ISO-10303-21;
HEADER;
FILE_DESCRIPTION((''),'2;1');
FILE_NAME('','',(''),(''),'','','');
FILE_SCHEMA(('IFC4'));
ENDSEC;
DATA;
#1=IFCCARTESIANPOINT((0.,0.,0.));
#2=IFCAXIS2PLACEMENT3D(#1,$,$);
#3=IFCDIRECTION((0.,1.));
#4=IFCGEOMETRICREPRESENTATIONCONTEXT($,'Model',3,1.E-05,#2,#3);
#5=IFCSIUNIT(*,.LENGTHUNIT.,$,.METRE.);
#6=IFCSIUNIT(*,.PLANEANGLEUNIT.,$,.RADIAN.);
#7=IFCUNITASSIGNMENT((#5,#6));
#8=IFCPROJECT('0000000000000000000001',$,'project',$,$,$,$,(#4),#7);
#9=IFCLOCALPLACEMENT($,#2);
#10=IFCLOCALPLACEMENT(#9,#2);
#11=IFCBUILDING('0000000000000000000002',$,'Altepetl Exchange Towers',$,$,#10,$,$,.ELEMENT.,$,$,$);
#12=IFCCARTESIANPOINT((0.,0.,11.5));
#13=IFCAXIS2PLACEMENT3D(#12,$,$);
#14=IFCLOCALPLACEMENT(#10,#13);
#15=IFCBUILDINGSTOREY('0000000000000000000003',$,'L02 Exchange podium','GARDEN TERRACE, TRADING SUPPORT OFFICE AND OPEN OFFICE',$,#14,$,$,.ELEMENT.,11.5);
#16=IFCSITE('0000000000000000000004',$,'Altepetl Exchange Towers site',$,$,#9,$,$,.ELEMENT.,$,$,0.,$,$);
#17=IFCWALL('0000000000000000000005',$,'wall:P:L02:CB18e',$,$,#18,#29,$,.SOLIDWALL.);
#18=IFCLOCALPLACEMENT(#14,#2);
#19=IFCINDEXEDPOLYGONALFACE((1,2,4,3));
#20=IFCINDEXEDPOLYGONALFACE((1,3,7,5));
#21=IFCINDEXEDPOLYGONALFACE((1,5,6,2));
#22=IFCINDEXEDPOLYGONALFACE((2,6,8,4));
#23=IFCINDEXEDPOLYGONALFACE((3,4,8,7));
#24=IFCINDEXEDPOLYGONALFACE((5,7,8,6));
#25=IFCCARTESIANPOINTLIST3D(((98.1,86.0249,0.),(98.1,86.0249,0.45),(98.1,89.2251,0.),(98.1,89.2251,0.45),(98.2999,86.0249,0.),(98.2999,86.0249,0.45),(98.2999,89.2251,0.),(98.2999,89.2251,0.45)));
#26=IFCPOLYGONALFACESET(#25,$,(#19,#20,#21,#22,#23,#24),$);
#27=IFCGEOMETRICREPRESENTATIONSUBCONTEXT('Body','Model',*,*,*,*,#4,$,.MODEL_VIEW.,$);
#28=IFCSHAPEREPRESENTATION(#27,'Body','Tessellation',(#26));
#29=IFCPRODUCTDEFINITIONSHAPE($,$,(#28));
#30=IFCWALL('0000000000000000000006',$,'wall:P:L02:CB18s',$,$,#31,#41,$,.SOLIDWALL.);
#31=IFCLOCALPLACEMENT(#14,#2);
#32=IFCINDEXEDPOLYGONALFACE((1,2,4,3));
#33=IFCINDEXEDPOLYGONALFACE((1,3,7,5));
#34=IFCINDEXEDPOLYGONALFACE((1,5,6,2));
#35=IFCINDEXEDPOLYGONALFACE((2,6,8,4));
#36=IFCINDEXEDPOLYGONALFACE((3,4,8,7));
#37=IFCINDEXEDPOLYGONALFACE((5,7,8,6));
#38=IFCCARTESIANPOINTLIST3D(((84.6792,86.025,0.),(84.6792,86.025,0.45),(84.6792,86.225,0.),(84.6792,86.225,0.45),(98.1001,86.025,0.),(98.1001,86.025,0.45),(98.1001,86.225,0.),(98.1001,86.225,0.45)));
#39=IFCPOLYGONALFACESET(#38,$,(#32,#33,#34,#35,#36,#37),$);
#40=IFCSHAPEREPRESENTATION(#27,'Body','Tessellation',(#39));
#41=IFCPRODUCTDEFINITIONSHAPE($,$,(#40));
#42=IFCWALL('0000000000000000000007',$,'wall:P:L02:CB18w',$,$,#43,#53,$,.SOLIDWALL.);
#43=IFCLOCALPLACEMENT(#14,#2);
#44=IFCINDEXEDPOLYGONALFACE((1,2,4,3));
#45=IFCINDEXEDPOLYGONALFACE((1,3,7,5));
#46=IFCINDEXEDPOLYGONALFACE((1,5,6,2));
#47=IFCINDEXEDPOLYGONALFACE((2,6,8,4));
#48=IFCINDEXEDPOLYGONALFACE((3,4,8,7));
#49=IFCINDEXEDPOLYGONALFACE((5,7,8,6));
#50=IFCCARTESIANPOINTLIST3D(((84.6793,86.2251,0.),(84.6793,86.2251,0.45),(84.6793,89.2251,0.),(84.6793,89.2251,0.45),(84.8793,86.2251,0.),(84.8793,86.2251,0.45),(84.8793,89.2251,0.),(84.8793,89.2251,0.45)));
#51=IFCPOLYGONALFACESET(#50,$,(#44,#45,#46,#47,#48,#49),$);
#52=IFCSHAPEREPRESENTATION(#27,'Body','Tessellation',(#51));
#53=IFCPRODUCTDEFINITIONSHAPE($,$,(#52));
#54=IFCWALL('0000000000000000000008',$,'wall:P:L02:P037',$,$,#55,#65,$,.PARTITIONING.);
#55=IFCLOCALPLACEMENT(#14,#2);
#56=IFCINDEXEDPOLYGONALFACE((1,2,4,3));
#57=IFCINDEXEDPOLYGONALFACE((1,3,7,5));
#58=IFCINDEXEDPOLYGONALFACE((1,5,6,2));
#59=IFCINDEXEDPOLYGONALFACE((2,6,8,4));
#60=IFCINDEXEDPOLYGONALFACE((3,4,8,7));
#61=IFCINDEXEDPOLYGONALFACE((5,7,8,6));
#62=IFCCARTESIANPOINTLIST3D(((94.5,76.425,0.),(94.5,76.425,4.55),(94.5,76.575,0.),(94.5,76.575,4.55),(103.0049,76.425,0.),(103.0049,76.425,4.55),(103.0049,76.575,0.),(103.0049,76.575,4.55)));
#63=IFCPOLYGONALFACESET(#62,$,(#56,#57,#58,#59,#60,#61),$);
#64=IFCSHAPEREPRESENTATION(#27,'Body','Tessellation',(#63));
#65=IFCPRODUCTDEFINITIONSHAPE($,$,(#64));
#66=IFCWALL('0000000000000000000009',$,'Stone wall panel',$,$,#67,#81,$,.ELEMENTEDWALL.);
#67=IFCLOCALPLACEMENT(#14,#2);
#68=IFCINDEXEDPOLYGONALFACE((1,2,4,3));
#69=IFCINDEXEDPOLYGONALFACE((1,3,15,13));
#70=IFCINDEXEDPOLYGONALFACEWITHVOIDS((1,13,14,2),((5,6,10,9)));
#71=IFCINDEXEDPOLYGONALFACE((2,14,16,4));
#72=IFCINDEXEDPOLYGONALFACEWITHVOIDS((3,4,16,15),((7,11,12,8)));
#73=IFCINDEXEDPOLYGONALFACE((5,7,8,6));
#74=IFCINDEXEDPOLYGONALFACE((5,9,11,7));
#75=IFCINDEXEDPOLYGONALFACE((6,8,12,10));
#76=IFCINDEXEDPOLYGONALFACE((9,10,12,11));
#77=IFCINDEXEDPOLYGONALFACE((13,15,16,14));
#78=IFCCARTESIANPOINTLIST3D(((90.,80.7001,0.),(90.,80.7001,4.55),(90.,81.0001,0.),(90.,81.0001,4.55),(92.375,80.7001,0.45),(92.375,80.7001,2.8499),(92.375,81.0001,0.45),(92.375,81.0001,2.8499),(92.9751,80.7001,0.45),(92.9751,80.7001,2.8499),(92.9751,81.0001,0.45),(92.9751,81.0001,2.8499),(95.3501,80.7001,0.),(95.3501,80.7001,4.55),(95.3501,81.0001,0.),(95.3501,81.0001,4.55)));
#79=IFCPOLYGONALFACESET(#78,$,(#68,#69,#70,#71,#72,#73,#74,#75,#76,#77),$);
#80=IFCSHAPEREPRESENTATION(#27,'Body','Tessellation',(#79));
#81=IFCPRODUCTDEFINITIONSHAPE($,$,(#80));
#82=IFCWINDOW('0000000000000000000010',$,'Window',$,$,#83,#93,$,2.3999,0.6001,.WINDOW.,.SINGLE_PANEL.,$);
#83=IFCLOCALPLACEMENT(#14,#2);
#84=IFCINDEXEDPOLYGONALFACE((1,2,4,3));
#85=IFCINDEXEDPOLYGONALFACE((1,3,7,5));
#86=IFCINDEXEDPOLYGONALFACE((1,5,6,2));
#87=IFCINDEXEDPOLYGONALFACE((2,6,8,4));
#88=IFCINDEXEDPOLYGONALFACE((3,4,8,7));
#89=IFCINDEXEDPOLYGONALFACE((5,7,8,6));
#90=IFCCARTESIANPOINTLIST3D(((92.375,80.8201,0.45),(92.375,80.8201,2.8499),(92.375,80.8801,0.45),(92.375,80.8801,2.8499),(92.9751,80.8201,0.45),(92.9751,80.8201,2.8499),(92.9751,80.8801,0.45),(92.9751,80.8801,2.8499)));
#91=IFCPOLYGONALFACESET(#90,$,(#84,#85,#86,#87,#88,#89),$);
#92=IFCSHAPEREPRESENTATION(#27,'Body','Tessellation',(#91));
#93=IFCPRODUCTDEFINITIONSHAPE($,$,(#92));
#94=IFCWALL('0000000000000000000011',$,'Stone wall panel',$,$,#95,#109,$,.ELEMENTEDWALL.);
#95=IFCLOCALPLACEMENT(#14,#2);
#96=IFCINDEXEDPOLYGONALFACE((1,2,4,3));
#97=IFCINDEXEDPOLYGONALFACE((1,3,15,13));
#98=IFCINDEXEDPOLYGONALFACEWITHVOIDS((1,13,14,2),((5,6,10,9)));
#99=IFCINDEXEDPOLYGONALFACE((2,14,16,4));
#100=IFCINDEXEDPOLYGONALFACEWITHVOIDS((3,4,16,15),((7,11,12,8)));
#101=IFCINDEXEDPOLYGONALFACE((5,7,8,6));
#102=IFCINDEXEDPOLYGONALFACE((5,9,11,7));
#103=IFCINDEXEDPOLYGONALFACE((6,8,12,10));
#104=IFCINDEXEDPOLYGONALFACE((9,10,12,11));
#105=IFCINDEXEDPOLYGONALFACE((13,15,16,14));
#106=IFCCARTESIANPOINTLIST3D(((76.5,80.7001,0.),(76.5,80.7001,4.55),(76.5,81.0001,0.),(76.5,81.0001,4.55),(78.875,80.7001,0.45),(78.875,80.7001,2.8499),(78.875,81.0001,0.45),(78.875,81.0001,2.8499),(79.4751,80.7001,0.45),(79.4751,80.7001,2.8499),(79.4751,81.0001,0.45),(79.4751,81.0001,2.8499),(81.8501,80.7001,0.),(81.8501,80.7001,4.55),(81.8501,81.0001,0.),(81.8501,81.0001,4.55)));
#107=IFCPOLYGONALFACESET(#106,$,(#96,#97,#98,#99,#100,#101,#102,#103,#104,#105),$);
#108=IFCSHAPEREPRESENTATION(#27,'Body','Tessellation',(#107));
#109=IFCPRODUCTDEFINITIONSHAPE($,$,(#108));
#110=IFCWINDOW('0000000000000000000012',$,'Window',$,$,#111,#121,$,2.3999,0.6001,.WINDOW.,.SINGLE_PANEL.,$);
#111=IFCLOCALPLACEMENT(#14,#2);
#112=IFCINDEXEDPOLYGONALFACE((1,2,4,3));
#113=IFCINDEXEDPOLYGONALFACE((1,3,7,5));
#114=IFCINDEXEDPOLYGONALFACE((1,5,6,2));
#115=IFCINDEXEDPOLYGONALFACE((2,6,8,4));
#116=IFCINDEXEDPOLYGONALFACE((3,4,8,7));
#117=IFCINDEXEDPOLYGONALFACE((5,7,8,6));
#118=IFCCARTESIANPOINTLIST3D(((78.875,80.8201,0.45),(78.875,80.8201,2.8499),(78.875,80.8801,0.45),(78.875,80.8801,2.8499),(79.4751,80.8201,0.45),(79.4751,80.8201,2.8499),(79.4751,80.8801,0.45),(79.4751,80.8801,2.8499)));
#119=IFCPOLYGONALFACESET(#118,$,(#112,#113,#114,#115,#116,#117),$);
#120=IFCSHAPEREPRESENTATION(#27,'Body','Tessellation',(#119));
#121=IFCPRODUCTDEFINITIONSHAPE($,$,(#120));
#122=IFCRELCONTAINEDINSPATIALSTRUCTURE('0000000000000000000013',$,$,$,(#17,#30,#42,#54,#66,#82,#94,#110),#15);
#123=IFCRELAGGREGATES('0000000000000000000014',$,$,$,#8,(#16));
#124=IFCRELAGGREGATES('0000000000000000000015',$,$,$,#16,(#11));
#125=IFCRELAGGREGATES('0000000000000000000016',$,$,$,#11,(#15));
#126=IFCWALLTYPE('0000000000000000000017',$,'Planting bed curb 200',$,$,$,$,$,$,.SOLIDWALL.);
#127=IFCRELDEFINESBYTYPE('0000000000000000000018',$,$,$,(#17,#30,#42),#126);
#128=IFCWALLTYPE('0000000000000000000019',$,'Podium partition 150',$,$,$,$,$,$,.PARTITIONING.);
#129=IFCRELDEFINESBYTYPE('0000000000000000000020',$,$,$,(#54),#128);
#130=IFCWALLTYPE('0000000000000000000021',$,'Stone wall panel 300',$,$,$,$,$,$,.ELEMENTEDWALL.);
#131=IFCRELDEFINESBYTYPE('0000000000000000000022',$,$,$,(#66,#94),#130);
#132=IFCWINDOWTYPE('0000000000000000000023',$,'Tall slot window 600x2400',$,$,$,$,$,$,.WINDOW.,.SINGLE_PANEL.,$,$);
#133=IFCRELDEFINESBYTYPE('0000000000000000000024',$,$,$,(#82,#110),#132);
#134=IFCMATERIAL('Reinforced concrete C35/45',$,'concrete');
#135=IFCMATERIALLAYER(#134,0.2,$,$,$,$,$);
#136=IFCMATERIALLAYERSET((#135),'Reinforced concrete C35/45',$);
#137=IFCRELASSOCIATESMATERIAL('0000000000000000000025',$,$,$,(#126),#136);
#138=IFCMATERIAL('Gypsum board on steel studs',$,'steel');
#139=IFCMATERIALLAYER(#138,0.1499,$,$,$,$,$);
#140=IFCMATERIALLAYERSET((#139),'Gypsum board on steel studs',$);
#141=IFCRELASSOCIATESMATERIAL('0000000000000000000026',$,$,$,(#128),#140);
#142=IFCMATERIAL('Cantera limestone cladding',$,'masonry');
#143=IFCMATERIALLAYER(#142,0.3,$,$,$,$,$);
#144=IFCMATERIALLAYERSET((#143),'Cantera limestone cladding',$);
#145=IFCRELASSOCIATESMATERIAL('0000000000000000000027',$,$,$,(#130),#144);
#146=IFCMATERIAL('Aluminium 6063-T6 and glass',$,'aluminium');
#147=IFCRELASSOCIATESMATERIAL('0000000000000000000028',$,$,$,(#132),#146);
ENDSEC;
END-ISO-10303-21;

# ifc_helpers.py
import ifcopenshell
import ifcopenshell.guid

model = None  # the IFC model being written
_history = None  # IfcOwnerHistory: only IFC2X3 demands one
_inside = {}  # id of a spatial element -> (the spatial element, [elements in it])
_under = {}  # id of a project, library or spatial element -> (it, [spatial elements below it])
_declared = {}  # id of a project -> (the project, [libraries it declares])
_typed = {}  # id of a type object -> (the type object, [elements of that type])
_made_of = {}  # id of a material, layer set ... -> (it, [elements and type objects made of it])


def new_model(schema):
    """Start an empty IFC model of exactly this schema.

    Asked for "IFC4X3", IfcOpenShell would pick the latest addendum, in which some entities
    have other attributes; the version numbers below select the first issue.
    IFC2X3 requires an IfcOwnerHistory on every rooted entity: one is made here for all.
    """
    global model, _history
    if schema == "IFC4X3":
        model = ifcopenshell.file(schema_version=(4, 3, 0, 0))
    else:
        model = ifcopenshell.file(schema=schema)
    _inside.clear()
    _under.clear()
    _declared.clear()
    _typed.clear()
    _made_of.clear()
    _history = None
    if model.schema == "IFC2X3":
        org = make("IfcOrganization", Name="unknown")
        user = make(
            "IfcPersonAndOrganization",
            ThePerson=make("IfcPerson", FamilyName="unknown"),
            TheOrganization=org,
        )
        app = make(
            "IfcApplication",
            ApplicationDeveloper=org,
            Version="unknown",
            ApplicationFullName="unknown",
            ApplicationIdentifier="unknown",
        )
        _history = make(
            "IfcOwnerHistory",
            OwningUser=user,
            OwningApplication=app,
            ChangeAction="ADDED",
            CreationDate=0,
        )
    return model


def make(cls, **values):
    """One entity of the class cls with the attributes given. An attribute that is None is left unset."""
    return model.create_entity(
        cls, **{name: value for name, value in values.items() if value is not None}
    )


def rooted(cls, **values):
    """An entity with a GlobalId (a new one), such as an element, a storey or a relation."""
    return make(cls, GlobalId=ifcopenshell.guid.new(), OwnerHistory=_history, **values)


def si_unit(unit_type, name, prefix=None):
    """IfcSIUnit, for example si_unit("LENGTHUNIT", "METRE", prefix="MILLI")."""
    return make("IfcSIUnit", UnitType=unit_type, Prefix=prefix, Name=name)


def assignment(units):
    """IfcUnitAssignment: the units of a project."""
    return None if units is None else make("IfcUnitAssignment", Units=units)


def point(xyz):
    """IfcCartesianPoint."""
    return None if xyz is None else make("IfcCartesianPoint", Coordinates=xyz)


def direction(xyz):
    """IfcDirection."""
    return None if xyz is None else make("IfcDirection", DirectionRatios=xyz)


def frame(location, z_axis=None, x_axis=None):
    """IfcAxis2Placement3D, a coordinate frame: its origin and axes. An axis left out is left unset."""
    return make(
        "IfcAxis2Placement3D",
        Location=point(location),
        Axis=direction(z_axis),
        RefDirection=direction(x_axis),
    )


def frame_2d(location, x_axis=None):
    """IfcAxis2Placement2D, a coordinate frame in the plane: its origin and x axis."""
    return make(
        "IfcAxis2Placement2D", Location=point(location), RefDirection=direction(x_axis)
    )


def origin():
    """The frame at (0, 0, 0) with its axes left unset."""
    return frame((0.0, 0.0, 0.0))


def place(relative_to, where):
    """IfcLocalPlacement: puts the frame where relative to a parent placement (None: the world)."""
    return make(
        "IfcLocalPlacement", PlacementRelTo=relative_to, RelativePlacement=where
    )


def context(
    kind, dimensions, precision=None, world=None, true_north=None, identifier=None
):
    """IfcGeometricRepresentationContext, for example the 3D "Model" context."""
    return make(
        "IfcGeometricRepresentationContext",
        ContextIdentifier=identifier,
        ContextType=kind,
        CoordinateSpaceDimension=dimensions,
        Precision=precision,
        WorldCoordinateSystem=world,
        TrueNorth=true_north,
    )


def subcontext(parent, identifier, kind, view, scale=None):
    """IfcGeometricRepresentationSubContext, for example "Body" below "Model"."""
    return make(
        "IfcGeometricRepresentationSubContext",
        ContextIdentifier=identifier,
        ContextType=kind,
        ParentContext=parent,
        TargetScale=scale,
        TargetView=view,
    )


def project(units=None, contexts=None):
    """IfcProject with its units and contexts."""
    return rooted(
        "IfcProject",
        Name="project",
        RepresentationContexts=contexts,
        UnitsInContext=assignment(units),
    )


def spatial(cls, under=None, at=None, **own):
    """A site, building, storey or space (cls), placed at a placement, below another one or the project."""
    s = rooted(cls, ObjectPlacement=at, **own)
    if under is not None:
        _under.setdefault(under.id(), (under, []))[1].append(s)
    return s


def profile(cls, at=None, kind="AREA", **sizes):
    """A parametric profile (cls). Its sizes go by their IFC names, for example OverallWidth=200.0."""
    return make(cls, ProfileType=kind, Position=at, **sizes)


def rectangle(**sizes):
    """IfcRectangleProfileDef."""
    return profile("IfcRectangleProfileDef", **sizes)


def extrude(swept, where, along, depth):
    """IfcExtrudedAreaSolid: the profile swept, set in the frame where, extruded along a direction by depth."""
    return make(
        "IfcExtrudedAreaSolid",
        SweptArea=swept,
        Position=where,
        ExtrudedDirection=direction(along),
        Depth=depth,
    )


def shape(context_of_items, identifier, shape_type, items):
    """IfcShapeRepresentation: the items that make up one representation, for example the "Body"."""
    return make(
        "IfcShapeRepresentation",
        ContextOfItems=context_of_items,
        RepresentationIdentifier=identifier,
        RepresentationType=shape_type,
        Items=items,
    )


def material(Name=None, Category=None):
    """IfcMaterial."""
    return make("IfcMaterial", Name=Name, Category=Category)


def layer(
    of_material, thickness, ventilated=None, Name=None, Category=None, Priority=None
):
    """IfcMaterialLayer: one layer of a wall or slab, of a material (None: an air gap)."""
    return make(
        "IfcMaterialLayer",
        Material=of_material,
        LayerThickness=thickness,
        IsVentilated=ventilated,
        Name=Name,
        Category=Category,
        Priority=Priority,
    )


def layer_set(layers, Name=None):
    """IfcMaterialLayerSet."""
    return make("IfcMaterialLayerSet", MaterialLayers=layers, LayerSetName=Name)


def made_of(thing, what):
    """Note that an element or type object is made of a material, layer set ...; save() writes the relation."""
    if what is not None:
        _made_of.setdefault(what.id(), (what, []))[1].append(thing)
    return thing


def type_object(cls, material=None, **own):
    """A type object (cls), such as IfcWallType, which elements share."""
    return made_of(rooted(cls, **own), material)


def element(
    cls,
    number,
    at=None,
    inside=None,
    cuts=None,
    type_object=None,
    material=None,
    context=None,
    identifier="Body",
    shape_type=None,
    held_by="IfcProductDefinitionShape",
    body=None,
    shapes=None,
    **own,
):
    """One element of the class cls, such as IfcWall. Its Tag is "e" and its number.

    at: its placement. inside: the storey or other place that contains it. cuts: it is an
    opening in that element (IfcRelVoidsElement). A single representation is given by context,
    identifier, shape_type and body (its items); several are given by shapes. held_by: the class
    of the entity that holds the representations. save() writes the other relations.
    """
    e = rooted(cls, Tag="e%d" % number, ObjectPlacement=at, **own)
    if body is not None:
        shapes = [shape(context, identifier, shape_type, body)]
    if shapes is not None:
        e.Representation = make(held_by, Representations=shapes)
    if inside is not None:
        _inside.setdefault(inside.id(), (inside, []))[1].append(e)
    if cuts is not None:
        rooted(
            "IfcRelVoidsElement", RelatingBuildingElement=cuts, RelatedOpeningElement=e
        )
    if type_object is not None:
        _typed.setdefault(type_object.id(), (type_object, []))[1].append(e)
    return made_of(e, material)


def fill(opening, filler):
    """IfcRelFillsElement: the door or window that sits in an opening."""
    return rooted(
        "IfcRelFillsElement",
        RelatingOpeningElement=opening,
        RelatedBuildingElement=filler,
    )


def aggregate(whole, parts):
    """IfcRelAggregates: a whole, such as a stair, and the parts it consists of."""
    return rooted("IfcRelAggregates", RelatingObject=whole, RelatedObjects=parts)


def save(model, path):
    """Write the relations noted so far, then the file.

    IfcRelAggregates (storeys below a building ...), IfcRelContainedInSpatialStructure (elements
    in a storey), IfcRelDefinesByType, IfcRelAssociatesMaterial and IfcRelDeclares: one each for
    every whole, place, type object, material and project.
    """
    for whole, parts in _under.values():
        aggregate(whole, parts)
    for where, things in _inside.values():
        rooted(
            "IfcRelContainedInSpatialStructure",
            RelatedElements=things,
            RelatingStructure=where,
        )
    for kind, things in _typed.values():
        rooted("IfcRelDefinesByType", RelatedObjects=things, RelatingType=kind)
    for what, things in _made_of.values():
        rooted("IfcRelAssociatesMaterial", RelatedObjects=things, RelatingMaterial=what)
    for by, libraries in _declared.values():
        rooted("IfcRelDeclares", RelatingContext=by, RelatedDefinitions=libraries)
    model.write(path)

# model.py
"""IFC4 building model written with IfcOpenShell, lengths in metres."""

from ifc_helpers import new_model, si_unit, direction, frame, frame_2d, origin, place, context, subcontext, project, spatial, rectangle, extrude, material, layer, layer_set, type_object, element, fill, save


model = new_model("IFC4")

# Units and contexts
model_context = context("Model", 3, precision=1e-05, world=origin(), true_north=direction((0.0, 1.0)))
body_context = subcontext(model_context, "Body", "Model", "MODEL_VIEW")
ifc_project = project(units=[si_unit("LENGTHUNIT", "METRE"), si_unit("PLANEANGLEUNIT", "RADIAN")], contexts=[model_context])

# Site, building, storey
site_placement = place(None, origin())
site = spatial("IfcSite", under=ifc_project, at=site_placement, Name="Altepetl Exchange Towers site", CompositionType="ELEMENT", RefElevation=0.0)
building_placement = place(site_placement, origin())
building = spatial("IfcBuilding", under=site, at=building_placement, Name="Altepetl Exchange Towers", CompositionType="ELEMENT")
storey_placement = place(building_placement, frame((0.0, 0.0, 11.5)))
storey = spatial("IfcBuildingStorey", under=building, at=storey_placement, Name="L02 Exchange podium", Description="GARDEN TERRACE, TRADING SUPPORT OFFICE AND OPEN OFFICE", CompositionType="ELEMENT", Elevation=11.5)

# Shared definitions
ifc_material_1 = material(Name="Reinforced concrete C35/45", Category="concrete")
ifc_material_2 = material(Name="Aluminium 6063-T6 and glass", Category="aluminium")

# Walls
ifc_layer_1 = layer(ifc_material_1, 0.2)
ifc_layer_set_1 = layer_set([ifc_layer_1], Name="Reinforced concrete C35/45")
wall_type_1 = type_object("IfcWallType", Name="Planting bed curb 200", PredefinedType="SOLIDWALL", material=ifc_layer_set_1)
for number, where, z_axis, x_axis, name in (
    (1, (98.2, 86.0249, 0.0), (0.0, 0.0, 1.0), (0.0, 1.0, 0.0), "wall:P:L02:CB18e"),
):
    element("IfcWall", number, at=place(storey_placement, frame(where, z_axis=z_axis, x_axis=x_axis)), inside=storey, type_object=wall_type_1, Name=name, PredefinedType="SOLIDWALL", context=body_context, shape_type="SweptSolid", body=[
        extrude(rectangle(XDim=3.2002, YDim=0.2, at=frame_2d((1.6001, 0.0))), origin(), (0.0, 0.0, 1.0), 0.45),
    ])
wall_1_placement = place(storey_placement, frame((84.6792, 86.125, 0.0)))
element("IfcWall", 2, at=wall_1_placement, inside=storey, type_object=wall_type_1, Name="wall:P:L02:CB18s", PredefinedType="SOLIDWALL", context=body_context, shape_type="SweptSolid", body=[
    extrude(rectangle(XDim=13.4209, YDim=0.2, at=frame_2d((6.7104, 0.0))), origin(), (0.0, 0.0, 1.0), 0.45),
])
wall_2_placement = place(storey_placement, frame((84.7793, 86.2251, 0.0), z_axis=(0.0, 0.0, 1.0), x_axis=(0.0, 1.0, 0.0)))
element("IfcWall", 3, at=wall_2_placement, inside=storey, type_object=wall_type_1, Name="wall:P:L02:CB18w", PredefinedType="SOLIDWALL", context=body_context, shape_type="SweptSolid", body=[
    extrude(rectangle(XDim=3.0, YDim=0.2, at=frame_2d((1.5, 0.0))), origin(), (0.0, 0.0, 1.0), 0.45),
])
ifc_material_3 = material(Name="Gypsum board on steel studs", Category="steel")
ifc_layer_2 = layer(ifc_material_3, 0.1499)
ifc_layer_set_2 = layer_set([ifc_layer_2], Name="Gypsum board on steel studs")
wall_type_2 = type_object("IfcWallType", Name="Podium partition 150", PredefinedType="PARTITIONING", material=ifc_layer_set_2)
wall_3_placement = place(storey_placement, frame((94.5, 76.5, 0.0)))
element("IfcWall", 4, at=wall_3_placement, inside=storey, type_object=wall_type_2, Name="wall:P:L02:P037", PredefinedType="PARTITIONING", context=body_context, shape_type="SweptSolid", body=[
    extrude(rectangle(XDim=8.5049, YDim=0.1499, at=frame_2d((4.2524, 0.0))), origin(), (0.0, 0.0, 1.0), 4.55),
])

# Walls, openings, windows
ifc_material_4 = material(Name="Cantera limestone cladding", Category="masonry")
ifc_layer_3 = layer(ifc_material_4, 0.3)
ifc_layer_set_3 = layer_set([ifc_layer_3], Name="Cantera limestone cladding")
wall_type_3 = type_object("IfcWallType", Name="Stone wall panel 300", PredefinedType="ELEMENTEDWALL", material=ifc_layer_set_3)
wall_4_placement = place(storey_placement, frame((95.3501, 80.8501, 0.0), z_axis=(0.0, 0.0, 1.0), x_axis=(-1.0, 0.0, 0.0)))
wall_4 = element("IfcWall", 5, at=wall_4_placement, inside=storey, type_object=wall_type_3, Name="Stone wall panel", PredefinedType="ELEMENTEDWALL", context=body_context, shape_type="SweptSolid", body=[
    extrude(rectangle(XDim=5.3501, YDim=0.3, at=frame_2d((2.675, 0.0))), origin(), (0.0, 0.0, 1.0), 4.55),
])
opening_1_placement = place(wall_4_placement, frame((2.375, 0.0, 0.45)))
opening_1 = element("IfcOpeningElement", 6, at=opening_1_placement, cuts=wall_4, PredefinedType="OPENING", context=body_context, shape_type="SweptSolid", body=[
    extrude(rectangle(XDim=0.6001, YDim=2.3999, at=frame_2d((0.3, 1.2))), frame((0.0, 0.1602, 0.0), z_axis=(0.0, -1.0, 0.0), x_axis=(1.0, 0.0, 0.0)), (0.0, 0.0, 1.0), 0.3201),
])
window_type = type_object("IfcWindowType", Name="Tall slot window 600x2400", PartitioningType="SINGLE_PANEL", PredefinedType="WINDOW", material=ifc_material_2)
window_1_placement = place(opening_1_placement, origin())
window_1 = element("IfcWindow", 7, at=window_1_placement, inside=storey, type_object=window_type, Name="Window", OverallHeight=2.3999, OverallWidth=0.6001, PartitioningType="SINGLE_PANEL", PredefinedType="WINDOW", context=body_context, shape_type="SweptSolid", body=[
    extrude(rectangle(XDim=0.6001, YDim=2.3999, at=frame_2d((0.3, 1.2))), frame((0.0, 0.03, 0.0), z_axis=(0.0, -1.0, 0.0), x_axis=(1.0, 0.0, 0.0)), (0.0, 0.0, 1.0), 0.0601),
])
fill(opening_1, window_1)
wall_5_placement = place(storey_placement, frame((81.8501, 80.8501, 0.0), z_axis=(0.0, 0.0, 1.0), x_axis=(-1.0, 0.0, 0.0)))
wall_5 = element("IfcWall", 8, at=wall_5_placement, inside=storey, type_object=wall_type_3, Name="Stone wall panel", PredefinedType="ELEMENTEDWALL", context=body_context, shape_type="SweptSolid", body=[
    extrude(rectangle(XDim=5.3501, YDim=0.3, at=frame_2d((2.675, 0.0))), origin(), (0.0, 0.0, 1.0), 4.55),
])
opening_2_placement = place(wall_5_placement, frame((2.375, 0.0, 0.45)))
opening_2 = element("IfcOpeningElement", 9, at=opening_2_placement, cuts=wall_5, PredefinedType="OPENING", context=body_context, shape_type="SweptSolid", body=[
    extrude(rectangle(XDim=0.6001, YDim=2.3999, at=frame_2d((0.3, 1.2))), frame((0.0, 0.1602, 0.0), z_axis=(0.0, -1.0, 0.0), x_axis=(1.0, 0.0, 0.0)), (0.0, 0.0, 1.0), 0.3201),
])
window_2_placement = place(opening_2_placement, origin())
window_2 = element("IfcWindow", 10, at=window_2_placement, inside=storey, type_object=window_type, Name="Window", OverallHeight=2.3999, OverallWidth=0.6001, PartitioningType="SINGLE_PANEL", PredefinedType="WINDOW", context=body_context, shape_type="SweptSolid", body=[
    extrude(rectangle(XDim=0.6001, YDim=2.3999, at=frame_2d((0.3, 1.2))), frame((0.0, 0.03, 0.0), z_axis=(0.0, -1.0, 0.0), x_axis=(1.0, 0.0, 0.0)), (0.0, 0.0, 1.0), 0.0601),
])
fill(opening_2, window_2)

save(model, "model.ifc")
